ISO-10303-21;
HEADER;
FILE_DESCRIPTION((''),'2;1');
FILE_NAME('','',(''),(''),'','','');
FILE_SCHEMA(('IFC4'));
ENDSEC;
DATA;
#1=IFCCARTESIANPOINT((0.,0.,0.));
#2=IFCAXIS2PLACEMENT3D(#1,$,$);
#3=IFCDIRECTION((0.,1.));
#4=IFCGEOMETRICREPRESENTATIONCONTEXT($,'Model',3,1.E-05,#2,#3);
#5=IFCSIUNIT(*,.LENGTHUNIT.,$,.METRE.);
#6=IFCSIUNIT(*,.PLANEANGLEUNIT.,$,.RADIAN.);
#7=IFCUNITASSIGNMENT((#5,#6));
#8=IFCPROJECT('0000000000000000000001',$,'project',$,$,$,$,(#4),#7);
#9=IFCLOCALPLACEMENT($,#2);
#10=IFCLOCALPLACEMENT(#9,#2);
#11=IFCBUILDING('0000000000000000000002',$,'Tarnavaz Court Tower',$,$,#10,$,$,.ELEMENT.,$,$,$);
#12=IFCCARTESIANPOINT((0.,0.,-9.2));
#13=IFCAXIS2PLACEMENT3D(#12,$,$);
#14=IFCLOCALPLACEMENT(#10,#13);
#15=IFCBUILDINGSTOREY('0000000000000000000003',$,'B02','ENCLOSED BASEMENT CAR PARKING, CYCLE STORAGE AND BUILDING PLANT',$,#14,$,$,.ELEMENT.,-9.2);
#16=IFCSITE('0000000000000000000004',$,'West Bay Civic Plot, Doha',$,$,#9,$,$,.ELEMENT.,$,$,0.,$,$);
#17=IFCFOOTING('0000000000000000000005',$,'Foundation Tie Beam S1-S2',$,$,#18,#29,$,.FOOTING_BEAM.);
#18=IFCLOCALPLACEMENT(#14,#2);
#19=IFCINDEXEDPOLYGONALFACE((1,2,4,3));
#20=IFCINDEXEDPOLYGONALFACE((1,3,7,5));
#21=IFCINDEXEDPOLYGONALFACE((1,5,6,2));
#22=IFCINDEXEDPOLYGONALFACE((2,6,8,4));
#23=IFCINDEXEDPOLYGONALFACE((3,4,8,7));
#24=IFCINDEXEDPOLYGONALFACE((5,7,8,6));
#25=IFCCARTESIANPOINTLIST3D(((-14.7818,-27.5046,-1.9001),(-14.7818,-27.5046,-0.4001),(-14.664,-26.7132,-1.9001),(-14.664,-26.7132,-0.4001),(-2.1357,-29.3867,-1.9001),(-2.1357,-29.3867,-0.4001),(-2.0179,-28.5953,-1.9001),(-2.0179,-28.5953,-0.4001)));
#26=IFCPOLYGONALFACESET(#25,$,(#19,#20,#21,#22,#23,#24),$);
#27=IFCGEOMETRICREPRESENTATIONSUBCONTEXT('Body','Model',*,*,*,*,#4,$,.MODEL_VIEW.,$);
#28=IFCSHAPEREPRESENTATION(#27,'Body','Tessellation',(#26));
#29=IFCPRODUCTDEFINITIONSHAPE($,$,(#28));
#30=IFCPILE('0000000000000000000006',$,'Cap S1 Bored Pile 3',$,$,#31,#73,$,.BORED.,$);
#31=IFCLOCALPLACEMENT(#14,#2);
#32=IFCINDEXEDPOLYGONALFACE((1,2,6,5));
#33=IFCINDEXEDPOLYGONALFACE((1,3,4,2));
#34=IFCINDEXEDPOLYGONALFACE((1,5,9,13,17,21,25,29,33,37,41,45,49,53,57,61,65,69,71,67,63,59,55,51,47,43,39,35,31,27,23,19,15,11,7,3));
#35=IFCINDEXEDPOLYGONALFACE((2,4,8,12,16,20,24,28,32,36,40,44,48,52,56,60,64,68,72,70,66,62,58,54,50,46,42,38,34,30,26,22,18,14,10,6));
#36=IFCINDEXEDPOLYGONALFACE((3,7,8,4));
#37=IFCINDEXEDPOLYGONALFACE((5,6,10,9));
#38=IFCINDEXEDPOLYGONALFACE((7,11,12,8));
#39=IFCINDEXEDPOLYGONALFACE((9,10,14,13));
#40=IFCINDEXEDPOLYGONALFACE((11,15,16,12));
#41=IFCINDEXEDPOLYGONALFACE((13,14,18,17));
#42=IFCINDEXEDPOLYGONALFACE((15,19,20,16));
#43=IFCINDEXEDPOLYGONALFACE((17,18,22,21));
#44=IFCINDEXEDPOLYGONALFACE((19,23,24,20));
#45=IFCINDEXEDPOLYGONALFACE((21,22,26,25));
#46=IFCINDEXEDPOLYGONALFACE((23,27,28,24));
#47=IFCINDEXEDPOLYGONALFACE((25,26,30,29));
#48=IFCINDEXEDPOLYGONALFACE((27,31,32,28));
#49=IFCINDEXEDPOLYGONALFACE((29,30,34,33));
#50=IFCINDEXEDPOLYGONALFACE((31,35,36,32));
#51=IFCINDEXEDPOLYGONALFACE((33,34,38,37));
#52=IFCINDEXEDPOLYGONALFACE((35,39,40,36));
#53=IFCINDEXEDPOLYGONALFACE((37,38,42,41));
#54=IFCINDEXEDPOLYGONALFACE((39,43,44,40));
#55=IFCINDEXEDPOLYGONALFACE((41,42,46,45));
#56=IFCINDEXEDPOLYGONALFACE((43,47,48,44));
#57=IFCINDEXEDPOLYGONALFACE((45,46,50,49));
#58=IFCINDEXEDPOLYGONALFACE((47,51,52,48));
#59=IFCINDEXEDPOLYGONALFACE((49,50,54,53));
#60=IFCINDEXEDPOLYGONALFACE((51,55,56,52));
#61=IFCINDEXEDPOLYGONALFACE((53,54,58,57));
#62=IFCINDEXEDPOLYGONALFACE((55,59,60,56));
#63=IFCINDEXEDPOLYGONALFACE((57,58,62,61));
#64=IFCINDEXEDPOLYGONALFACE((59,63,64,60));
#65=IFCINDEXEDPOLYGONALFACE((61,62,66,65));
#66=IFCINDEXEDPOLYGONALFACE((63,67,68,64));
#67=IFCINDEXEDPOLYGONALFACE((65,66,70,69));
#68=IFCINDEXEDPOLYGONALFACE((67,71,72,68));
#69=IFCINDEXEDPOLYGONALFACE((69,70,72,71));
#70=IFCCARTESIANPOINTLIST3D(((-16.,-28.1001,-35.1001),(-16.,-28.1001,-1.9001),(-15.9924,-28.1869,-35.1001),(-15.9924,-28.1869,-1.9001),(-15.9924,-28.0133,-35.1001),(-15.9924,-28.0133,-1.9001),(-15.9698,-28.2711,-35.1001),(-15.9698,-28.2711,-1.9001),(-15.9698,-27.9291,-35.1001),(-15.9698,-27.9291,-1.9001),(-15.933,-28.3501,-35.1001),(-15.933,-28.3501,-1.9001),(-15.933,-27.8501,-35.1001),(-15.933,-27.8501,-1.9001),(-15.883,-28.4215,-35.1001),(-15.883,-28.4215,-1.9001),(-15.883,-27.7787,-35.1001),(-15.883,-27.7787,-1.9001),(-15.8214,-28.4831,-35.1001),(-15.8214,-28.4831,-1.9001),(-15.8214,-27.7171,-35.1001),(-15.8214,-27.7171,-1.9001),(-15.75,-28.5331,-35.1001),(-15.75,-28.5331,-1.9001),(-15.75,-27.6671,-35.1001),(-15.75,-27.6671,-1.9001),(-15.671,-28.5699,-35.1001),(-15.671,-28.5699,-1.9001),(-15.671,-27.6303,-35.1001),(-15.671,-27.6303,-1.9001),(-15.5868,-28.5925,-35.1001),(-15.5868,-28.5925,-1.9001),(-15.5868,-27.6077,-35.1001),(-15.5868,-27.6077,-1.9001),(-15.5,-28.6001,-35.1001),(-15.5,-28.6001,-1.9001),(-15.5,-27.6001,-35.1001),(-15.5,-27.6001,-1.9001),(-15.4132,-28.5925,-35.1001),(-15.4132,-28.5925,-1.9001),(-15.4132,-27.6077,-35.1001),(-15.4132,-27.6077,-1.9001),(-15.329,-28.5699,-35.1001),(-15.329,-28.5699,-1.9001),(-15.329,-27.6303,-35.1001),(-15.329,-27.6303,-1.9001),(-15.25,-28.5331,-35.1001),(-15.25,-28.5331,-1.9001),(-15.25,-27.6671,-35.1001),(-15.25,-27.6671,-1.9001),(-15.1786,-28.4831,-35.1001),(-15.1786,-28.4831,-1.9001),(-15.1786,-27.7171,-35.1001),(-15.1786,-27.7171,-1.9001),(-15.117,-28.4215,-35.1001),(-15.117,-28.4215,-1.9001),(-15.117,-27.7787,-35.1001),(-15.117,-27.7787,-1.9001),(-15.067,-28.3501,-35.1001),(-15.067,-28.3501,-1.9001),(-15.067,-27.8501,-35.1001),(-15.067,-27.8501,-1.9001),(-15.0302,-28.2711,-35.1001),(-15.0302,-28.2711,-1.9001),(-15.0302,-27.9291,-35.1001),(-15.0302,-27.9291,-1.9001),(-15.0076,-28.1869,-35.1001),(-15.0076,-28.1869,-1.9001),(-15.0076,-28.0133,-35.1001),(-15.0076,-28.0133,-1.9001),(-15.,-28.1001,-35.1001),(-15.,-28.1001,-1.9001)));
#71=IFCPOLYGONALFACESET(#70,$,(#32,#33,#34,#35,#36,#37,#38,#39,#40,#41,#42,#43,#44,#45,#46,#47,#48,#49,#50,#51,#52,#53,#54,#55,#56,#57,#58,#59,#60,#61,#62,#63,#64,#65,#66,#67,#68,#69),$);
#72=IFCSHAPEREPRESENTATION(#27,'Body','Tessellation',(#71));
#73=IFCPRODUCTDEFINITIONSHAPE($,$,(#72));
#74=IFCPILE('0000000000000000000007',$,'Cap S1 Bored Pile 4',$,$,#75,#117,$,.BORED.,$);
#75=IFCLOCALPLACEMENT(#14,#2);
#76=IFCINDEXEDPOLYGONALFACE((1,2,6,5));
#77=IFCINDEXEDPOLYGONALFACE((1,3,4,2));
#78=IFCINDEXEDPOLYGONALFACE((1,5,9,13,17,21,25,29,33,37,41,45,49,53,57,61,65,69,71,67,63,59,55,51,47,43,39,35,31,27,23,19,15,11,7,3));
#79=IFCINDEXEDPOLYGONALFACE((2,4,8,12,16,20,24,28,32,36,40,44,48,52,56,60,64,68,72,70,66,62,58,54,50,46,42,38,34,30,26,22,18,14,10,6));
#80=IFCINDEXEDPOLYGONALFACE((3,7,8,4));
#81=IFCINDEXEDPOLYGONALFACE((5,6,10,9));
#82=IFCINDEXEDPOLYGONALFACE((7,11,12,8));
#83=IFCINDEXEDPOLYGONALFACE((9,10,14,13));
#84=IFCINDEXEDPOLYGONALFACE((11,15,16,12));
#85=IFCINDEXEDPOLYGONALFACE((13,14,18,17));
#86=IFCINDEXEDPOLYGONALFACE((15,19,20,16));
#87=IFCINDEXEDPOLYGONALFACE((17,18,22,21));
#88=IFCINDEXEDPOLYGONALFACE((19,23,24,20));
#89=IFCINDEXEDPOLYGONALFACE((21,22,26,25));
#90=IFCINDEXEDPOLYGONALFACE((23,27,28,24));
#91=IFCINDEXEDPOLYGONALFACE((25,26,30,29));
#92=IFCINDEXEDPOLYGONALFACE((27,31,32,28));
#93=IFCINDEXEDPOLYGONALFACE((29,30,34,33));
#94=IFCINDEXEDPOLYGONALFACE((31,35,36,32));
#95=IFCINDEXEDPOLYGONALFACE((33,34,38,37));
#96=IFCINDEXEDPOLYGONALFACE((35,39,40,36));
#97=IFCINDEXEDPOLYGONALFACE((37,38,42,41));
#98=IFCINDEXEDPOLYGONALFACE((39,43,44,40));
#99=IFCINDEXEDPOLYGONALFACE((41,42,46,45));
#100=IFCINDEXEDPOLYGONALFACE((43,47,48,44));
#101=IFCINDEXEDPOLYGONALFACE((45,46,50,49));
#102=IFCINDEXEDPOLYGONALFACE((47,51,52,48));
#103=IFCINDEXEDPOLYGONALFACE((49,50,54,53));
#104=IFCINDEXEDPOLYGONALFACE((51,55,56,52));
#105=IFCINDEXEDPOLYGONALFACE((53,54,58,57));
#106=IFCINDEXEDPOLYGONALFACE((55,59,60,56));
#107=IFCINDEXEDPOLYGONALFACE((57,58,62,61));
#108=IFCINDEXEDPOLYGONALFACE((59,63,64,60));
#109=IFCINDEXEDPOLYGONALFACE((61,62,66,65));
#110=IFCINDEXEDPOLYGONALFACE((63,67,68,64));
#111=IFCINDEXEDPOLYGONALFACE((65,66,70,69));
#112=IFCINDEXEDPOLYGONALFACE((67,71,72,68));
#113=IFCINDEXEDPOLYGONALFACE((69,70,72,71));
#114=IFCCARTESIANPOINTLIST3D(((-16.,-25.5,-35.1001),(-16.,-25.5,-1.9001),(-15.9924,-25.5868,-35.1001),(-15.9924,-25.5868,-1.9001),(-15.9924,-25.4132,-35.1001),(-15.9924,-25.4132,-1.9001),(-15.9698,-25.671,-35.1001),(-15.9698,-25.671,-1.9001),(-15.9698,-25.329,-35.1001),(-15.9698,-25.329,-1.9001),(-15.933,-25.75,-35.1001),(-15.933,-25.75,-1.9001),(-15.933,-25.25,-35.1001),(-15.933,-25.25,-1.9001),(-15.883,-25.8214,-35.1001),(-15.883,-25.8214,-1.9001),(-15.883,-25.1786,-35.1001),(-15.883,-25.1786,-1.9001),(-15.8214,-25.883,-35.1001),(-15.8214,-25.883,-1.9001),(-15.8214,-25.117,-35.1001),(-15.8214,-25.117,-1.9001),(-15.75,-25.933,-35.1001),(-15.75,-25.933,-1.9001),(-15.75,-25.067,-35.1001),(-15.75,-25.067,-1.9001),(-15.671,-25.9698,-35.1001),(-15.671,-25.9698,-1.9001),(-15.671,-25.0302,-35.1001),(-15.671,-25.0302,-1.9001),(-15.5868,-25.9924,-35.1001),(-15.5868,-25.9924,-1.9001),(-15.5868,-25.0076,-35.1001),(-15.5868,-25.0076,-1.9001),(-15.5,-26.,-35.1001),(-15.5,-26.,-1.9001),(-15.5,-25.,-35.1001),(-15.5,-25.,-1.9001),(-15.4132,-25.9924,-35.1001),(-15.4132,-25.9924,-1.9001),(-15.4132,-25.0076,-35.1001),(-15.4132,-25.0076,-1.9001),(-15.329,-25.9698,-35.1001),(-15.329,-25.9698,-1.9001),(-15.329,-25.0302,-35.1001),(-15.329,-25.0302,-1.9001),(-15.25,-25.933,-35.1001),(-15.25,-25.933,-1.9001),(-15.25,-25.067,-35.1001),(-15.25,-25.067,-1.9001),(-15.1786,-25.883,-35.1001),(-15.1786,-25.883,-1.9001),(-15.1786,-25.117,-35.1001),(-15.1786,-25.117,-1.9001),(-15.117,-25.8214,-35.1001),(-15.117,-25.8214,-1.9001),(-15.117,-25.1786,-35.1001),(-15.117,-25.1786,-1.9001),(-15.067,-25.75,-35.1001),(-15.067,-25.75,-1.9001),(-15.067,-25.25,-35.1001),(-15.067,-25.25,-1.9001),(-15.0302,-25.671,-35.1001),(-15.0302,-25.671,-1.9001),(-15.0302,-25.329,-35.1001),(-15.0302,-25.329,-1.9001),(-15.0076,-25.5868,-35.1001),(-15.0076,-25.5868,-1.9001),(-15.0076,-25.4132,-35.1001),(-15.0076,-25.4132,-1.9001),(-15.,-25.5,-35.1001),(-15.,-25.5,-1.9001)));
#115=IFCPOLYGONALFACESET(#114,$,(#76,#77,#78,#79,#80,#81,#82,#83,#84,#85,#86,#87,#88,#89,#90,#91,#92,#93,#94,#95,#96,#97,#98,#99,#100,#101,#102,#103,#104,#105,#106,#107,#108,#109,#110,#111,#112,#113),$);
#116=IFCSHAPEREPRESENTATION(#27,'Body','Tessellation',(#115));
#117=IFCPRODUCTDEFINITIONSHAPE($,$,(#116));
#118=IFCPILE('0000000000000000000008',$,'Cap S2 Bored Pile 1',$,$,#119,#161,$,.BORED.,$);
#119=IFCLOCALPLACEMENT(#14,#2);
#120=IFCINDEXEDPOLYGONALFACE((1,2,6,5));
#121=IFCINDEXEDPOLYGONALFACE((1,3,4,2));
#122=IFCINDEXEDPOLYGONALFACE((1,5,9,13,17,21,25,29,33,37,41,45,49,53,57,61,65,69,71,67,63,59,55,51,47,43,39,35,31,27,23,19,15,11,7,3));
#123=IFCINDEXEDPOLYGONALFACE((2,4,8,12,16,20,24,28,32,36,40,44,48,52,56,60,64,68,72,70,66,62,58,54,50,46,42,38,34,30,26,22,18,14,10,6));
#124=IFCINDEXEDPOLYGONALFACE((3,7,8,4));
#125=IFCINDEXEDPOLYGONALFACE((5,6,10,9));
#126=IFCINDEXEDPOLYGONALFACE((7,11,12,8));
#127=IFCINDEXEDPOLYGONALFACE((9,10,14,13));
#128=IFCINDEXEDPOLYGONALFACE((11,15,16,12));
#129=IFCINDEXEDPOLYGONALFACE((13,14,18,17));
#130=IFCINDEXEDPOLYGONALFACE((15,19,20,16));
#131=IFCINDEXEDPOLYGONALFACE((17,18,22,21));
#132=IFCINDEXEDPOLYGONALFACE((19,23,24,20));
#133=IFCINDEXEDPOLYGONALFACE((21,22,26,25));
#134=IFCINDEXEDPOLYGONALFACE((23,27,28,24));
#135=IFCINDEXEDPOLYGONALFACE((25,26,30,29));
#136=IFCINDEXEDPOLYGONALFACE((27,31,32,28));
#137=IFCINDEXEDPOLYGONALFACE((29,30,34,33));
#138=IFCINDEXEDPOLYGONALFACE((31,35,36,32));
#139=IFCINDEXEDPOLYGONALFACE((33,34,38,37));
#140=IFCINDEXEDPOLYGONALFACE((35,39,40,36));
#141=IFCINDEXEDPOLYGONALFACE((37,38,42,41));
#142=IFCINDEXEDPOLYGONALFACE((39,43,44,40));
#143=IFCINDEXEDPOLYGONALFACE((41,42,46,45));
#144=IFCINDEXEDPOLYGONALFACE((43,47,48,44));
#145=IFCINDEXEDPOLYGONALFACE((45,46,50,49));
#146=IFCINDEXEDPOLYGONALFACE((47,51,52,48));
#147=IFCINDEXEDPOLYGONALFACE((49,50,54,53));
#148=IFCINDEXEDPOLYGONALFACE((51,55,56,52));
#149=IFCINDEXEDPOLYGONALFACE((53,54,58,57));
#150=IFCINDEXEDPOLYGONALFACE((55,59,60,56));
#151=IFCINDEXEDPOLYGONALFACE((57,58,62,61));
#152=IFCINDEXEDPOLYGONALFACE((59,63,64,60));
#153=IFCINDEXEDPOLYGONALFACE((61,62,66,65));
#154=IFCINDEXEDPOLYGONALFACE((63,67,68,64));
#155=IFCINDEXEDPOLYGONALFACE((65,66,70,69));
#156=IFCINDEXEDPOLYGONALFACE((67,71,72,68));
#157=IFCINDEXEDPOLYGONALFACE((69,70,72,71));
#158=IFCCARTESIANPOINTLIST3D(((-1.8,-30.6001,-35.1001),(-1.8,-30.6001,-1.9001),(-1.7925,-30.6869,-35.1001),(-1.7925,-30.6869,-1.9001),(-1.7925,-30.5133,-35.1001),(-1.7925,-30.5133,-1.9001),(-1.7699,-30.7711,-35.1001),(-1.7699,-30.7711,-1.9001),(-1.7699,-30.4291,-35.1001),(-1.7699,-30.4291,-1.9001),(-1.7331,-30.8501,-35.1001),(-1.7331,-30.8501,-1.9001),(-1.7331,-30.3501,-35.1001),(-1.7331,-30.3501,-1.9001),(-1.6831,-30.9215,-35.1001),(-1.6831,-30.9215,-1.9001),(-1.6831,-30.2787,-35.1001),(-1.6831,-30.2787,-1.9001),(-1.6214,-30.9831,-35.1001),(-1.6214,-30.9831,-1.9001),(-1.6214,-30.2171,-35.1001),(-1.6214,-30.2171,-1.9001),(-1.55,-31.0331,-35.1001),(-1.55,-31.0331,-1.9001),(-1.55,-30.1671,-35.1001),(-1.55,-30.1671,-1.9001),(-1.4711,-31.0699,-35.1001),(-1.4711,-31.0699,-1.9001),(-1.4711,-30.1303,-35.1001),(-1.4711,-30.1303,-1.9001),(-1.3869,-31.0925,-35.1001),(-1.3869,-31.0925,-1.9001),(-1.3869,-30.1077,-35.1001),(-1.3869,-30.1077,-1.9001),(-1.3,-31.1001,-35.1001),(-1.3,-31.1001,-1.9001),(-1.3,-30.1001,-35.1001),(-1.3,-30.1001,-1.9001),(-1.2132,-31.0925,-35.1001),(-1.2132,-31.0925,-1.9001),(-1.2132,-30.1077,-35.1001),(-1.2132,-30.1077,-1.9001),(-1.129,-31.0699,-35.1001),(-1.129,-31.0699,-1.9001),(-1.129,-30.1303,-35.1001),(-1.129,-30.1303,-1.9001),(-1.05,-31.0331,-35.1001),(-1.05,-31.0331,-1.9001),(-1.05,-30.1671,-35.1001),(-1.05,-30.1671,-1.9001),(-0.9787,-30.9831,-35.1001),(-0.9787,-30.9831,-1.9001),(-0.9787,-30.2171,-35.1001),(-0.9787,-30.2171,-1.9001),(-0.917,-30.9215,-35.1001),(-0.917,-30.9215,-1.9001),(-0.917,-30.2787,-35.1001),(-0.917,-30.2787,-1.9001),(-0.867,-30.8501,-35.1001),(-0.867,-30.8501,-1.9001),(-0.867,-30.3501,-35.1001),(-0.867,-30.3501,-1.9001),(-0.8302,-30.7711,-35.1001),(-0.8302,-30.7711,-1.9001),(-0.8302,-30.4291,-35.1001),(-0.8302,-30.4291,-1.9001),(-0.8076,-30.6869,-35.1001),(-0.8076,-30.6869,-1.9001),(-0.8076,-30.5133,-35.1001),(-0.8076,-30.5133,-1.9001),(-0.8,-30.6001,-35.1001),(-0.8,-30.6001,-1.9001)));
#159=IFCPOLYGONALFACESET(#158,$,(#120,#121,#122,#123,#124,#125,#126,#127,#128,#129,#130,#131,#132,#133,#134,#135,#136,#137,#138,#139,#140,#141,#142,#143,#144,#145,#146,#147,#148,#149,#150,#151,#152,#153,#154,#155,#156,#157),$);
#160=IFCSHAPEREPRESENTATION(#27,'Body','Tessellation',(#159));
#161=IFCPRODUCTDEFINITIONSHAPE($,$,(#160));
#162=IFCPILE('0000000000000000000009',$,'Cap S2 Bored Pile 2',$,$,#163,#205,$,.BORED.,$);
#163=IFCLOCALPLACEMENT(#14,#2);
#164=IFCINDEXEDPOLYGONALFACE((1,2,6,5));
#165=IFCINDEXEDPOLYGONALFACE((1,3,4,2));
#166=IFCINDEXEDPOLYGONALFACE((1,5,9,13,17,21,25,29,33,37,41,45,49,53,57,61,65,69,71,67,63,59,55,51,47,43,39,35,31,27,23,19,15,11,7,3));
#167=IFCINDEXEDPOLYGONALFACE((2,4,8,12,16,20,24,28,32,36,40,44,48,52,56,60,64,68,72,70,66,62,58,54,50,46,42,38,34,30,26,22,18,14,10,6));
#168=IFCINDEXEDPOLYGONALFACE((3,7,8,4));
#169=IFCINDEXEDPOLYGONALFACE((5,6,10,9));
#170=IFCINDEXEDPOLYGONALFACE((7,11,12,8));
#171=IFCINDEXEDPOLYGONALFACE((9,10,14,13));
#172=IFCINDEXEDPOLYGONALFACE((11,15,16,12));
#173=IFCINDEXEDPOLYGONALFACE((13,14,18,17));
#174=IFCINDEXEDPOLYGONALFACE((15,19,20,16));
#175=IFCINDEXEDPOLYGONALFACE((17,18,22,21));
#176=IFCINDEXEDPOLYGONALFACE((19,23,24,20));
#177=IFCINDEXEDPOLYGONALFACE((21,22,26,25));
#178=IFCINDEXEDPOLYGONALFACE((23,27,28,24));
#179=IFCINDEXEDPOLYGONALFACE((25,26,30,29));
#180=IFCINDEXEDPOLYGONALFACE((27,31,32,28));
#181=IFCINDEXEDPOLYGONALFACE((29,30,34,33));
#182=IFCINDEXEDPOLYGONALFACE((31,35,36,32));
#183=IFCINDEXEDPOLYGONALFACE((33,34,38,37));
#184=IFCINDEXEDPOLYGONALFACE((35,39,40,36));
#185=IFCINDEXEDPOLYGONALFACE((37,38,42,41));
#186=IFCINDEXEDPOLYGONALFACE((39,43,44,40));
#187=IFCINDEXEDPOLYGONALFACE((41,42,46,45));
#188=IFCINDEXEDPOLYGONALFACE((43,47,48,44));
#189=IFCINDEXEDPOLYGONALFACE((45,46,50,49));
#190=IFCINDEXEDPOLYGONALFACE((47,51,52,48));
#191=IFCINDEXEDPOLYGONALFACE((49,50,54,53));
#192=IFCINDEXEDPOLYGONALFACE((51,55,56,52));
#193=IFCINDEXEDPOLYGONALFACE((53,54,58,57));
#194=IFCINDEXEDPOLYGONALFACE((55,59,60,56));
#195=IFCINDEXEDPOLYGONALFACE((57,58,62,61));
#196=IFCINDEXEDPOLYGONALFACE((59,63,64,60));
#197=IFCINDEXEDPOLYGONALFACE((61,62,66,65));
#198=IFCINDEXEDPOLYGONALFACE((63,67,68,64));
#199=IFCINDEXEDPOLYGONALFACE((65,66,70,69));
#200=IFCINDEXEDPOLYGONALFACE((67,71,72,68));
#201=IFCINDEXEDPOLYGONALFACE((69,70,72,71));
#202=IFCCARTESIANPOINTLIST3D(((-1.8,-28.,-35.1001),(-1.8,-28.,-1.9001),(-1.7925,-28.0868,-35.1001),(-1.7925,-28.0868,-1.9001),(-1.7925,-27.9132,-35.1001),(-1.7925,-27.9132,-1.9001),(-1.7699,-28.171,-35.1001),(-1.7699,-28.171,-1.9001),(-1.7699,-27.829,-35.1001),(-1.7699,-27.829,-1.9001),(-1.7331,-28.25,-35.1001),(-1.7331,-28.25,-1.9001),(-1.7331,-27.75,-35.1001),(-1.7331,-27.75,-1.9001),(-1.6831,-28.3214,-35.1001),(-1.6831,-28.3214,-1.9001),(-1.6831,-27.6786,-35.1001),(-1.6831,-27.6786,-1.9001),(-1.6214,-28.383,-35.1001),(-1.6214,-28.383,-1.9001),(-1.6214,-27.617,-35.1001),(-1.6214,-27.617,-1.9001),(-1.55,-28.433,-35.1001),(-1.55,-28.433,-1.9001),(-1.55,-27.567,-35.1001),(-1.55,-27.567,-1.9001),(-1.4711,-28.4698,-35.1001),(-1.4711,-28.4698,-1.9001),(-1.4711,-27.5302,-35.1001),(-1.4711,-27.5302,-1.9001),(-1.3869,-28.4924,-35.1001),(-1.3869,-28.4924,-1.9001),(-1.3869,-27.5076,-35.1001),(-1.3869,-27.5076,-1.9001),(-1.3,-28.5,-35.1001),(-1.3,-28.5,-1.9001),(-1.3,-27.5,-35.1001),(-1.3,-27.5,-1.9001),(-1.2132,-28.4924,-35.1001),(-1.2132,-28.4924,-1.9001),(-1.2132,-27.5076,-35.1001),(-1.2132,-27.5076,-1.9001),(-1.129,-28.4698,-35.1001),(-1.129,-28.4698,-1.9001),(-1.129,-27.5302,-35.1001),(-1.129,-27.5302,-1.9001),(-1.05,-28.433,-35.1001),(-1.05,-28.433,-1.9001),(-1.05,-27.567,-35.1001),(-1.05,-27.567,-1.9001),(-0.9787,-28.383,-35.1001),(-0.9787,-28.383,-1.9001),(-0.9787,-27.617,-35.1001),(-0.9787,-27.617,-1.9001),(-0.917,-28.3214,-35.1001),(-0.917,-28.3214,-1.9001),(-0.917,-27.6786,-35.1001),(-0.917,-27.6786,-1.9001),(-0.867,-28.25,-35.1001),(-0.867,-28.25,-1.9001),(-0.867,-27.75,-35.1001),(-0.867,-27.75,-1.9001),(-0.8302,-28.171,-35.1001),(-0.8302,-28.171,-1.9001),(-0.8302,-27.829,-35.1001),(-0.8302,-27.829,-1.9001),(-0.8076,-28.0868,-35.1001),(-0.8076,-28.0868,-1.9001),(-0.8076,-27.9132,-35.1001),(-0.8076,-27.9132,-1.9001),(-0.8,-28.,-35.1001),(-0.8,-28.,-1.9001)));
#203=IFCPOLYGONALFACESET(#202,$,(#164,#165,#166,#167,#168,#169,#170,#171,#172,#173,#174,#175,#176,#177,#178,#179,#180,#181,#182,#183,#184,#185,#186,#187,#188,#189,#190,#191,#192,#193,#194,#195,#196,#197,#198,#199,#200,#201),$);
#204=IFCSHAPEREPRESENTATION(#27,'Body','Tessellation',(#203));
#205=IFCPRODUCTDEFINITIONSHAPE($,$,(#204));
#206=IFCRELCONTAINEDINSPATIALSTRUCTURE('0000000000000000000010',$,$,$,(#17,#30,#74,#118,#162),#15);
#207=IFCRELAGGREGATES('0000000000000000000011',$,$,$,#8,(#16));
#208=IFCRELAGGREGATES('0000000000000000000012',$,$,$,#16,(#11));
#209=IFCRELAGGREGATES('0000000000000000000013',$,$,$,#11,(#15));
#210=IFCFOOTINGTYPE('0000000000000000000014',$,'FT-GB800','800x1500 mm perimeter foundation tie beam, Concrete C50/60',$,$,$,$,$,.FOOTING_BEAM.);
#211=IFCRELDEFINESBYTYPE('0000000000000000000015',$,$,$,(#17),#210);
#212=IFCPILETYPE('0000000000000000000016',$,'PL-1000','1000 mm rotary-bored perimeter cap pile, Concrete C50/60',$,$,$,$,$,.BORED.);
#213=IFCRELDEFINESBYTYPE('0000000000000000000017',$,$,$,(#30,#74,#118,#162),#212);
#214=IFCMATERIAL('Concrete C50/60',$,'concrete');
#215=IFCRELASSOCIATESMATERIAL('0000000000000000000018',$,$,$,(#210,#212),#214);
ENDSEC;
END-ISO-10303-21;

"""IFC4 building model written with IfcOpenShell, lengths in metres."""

from ifc_helpers import new_model, si_unit, direction, frame, origin, origin_2d, place, context, subcontext, project, spatial, rectangle, circle, extrude, material, material_profile, profile_set, type_object, element, save


model = new_model("IFC4")

# Units and contexts
model_context = context("Model", 3, precision=1e-05, world=origin(), true_north=direction((0.0, 1.0)))
body_context = subcontext(model_context, "Body", "Model", "MODEL_VIEW")
ifc_project = project(units=[si_unit("LENGTHUNIT", "METRE"), si_unit("PLANEANGLEUNIT", "RADIAN")], contexts=[model_context])

# Site, building, storey
site_placement = place(None, origin())
site = spatial("IfcSite", under=ifc_project, at=site_placement, Name="West Bay Civic Plot, Doha", CompositionType="ELEMENT", RefElevation=0.0)
building_placement = place(site_placement, origin())
building = spatial("IfcBuilding", under=site, at=building_placement, Name="Tarnavaz Court Tower", CompositionType="ELEMENT")
storey_placement = place(building_placement, frame((0.0, 0.0, -9.2)))
storey = spatial("IfcBuildingStorey", under=building, at=storey_placement, Name="B02", Description="ENCLOSED BASEMENT CAR PARKING, CYCLE STORAGE AND BUILDING PLANT", CompositionType="ELEMENT", Elevation=-9.2)

# Footing
ifc_material_1 = material(Name="Concrete C50/60", Category="concrete")
ifc_material_profile_1 = material_profile(ifc_material_1, rectangle(XDim=0.8, YDim=1.5, at=origin_2d()), Name="RC 800X1500")
ifc_profile_set_1 = profile_set([ifc_material_profile_1], Name="Concrete C50/60")
footing_type = type_object("IfcFootingType", Name="FT-GB800", Description="800x1500 mm perimeter foundation tie beam, Concrete C50/60", PredefinedType="FOOTING_BEAM", material=ifc_profile_set_1)
footing_placement = place(storey_placement, frame((-14.7229, -27.1089, -1.1501), z_axis=(0.989106, -0.147207, 0.0), x_axis=(0.147207, 0.989106, 0.0)))
element("IfcFooting", 1, at=footing_placement, inside=storey, type_object=footing_type, Name="Foundation Tie Beam S1-S2", PredefinedType="FOOTING_BEAM", context=body_context, shape_type="SweptSolid", body=[
    extrude(rectangle(XDim=0.8, YDim=1.5, at=origin_2d()), origin(), (0.0, 0.0, 1.0), 12.7854),
])

# Piles
ifc_material_profile_2 = material_profile(ifc_material_1, circle(Radius=0.5, at=origin_2d()), Name="PILE D1000")
ifc_profile_set_2 = profile_set([ifc_material_profile_2], Name="Concrete C50/60")
pile_type_1 = type_object("IfcPileType", Name="PL-1000", Description="1000 mm rotary-bored perimeter cap pile, Concrete C50/60", PredefinedType="BORED", material=ifc_profile_set_2)
for number, where, z_axis, x_axis, name in (
    (2, (-15.5, -28.1001, -1.9001), (0.0, 0.0, -1.0), (1.0, 0.0, 0.0), "Cap S1 Bored Pile 3"),
    (3, (-15.5, -25.5, -1.9001), (0.0, 0.0, -1.0), (1.0, 0.0, 0.0), "Cap S1 Bored Pile 4"),
    (4, (-1.3, -30.6001, -1.9001), (0.0, 0.0, -1.0), (1.0, 0.0, 0.0), "Cap S2 Bored Pile 1"),
    (5, (-1.3, -28.0, -1.9001), (0.0, 0.0, -1.0), (1.0, 0.0, 0.0), "Cap S2 Bored Pile 2"),
):
    element("IfcPile", number, at=place(storey_placement, frame(where, z_axis=z_axis, x_axis=x_axis)), inside=storey, type_object=pile_type_1, Name=name, PredefinedType="BORED", context=body_context, shape_type="SweptSolid", body=[
        extrude(circle(Radius=0.5, at=origin_2d()), origin(), (0.0, 0.0, 1.0), 33.2),
    ])

save(model, "model.ifc")
